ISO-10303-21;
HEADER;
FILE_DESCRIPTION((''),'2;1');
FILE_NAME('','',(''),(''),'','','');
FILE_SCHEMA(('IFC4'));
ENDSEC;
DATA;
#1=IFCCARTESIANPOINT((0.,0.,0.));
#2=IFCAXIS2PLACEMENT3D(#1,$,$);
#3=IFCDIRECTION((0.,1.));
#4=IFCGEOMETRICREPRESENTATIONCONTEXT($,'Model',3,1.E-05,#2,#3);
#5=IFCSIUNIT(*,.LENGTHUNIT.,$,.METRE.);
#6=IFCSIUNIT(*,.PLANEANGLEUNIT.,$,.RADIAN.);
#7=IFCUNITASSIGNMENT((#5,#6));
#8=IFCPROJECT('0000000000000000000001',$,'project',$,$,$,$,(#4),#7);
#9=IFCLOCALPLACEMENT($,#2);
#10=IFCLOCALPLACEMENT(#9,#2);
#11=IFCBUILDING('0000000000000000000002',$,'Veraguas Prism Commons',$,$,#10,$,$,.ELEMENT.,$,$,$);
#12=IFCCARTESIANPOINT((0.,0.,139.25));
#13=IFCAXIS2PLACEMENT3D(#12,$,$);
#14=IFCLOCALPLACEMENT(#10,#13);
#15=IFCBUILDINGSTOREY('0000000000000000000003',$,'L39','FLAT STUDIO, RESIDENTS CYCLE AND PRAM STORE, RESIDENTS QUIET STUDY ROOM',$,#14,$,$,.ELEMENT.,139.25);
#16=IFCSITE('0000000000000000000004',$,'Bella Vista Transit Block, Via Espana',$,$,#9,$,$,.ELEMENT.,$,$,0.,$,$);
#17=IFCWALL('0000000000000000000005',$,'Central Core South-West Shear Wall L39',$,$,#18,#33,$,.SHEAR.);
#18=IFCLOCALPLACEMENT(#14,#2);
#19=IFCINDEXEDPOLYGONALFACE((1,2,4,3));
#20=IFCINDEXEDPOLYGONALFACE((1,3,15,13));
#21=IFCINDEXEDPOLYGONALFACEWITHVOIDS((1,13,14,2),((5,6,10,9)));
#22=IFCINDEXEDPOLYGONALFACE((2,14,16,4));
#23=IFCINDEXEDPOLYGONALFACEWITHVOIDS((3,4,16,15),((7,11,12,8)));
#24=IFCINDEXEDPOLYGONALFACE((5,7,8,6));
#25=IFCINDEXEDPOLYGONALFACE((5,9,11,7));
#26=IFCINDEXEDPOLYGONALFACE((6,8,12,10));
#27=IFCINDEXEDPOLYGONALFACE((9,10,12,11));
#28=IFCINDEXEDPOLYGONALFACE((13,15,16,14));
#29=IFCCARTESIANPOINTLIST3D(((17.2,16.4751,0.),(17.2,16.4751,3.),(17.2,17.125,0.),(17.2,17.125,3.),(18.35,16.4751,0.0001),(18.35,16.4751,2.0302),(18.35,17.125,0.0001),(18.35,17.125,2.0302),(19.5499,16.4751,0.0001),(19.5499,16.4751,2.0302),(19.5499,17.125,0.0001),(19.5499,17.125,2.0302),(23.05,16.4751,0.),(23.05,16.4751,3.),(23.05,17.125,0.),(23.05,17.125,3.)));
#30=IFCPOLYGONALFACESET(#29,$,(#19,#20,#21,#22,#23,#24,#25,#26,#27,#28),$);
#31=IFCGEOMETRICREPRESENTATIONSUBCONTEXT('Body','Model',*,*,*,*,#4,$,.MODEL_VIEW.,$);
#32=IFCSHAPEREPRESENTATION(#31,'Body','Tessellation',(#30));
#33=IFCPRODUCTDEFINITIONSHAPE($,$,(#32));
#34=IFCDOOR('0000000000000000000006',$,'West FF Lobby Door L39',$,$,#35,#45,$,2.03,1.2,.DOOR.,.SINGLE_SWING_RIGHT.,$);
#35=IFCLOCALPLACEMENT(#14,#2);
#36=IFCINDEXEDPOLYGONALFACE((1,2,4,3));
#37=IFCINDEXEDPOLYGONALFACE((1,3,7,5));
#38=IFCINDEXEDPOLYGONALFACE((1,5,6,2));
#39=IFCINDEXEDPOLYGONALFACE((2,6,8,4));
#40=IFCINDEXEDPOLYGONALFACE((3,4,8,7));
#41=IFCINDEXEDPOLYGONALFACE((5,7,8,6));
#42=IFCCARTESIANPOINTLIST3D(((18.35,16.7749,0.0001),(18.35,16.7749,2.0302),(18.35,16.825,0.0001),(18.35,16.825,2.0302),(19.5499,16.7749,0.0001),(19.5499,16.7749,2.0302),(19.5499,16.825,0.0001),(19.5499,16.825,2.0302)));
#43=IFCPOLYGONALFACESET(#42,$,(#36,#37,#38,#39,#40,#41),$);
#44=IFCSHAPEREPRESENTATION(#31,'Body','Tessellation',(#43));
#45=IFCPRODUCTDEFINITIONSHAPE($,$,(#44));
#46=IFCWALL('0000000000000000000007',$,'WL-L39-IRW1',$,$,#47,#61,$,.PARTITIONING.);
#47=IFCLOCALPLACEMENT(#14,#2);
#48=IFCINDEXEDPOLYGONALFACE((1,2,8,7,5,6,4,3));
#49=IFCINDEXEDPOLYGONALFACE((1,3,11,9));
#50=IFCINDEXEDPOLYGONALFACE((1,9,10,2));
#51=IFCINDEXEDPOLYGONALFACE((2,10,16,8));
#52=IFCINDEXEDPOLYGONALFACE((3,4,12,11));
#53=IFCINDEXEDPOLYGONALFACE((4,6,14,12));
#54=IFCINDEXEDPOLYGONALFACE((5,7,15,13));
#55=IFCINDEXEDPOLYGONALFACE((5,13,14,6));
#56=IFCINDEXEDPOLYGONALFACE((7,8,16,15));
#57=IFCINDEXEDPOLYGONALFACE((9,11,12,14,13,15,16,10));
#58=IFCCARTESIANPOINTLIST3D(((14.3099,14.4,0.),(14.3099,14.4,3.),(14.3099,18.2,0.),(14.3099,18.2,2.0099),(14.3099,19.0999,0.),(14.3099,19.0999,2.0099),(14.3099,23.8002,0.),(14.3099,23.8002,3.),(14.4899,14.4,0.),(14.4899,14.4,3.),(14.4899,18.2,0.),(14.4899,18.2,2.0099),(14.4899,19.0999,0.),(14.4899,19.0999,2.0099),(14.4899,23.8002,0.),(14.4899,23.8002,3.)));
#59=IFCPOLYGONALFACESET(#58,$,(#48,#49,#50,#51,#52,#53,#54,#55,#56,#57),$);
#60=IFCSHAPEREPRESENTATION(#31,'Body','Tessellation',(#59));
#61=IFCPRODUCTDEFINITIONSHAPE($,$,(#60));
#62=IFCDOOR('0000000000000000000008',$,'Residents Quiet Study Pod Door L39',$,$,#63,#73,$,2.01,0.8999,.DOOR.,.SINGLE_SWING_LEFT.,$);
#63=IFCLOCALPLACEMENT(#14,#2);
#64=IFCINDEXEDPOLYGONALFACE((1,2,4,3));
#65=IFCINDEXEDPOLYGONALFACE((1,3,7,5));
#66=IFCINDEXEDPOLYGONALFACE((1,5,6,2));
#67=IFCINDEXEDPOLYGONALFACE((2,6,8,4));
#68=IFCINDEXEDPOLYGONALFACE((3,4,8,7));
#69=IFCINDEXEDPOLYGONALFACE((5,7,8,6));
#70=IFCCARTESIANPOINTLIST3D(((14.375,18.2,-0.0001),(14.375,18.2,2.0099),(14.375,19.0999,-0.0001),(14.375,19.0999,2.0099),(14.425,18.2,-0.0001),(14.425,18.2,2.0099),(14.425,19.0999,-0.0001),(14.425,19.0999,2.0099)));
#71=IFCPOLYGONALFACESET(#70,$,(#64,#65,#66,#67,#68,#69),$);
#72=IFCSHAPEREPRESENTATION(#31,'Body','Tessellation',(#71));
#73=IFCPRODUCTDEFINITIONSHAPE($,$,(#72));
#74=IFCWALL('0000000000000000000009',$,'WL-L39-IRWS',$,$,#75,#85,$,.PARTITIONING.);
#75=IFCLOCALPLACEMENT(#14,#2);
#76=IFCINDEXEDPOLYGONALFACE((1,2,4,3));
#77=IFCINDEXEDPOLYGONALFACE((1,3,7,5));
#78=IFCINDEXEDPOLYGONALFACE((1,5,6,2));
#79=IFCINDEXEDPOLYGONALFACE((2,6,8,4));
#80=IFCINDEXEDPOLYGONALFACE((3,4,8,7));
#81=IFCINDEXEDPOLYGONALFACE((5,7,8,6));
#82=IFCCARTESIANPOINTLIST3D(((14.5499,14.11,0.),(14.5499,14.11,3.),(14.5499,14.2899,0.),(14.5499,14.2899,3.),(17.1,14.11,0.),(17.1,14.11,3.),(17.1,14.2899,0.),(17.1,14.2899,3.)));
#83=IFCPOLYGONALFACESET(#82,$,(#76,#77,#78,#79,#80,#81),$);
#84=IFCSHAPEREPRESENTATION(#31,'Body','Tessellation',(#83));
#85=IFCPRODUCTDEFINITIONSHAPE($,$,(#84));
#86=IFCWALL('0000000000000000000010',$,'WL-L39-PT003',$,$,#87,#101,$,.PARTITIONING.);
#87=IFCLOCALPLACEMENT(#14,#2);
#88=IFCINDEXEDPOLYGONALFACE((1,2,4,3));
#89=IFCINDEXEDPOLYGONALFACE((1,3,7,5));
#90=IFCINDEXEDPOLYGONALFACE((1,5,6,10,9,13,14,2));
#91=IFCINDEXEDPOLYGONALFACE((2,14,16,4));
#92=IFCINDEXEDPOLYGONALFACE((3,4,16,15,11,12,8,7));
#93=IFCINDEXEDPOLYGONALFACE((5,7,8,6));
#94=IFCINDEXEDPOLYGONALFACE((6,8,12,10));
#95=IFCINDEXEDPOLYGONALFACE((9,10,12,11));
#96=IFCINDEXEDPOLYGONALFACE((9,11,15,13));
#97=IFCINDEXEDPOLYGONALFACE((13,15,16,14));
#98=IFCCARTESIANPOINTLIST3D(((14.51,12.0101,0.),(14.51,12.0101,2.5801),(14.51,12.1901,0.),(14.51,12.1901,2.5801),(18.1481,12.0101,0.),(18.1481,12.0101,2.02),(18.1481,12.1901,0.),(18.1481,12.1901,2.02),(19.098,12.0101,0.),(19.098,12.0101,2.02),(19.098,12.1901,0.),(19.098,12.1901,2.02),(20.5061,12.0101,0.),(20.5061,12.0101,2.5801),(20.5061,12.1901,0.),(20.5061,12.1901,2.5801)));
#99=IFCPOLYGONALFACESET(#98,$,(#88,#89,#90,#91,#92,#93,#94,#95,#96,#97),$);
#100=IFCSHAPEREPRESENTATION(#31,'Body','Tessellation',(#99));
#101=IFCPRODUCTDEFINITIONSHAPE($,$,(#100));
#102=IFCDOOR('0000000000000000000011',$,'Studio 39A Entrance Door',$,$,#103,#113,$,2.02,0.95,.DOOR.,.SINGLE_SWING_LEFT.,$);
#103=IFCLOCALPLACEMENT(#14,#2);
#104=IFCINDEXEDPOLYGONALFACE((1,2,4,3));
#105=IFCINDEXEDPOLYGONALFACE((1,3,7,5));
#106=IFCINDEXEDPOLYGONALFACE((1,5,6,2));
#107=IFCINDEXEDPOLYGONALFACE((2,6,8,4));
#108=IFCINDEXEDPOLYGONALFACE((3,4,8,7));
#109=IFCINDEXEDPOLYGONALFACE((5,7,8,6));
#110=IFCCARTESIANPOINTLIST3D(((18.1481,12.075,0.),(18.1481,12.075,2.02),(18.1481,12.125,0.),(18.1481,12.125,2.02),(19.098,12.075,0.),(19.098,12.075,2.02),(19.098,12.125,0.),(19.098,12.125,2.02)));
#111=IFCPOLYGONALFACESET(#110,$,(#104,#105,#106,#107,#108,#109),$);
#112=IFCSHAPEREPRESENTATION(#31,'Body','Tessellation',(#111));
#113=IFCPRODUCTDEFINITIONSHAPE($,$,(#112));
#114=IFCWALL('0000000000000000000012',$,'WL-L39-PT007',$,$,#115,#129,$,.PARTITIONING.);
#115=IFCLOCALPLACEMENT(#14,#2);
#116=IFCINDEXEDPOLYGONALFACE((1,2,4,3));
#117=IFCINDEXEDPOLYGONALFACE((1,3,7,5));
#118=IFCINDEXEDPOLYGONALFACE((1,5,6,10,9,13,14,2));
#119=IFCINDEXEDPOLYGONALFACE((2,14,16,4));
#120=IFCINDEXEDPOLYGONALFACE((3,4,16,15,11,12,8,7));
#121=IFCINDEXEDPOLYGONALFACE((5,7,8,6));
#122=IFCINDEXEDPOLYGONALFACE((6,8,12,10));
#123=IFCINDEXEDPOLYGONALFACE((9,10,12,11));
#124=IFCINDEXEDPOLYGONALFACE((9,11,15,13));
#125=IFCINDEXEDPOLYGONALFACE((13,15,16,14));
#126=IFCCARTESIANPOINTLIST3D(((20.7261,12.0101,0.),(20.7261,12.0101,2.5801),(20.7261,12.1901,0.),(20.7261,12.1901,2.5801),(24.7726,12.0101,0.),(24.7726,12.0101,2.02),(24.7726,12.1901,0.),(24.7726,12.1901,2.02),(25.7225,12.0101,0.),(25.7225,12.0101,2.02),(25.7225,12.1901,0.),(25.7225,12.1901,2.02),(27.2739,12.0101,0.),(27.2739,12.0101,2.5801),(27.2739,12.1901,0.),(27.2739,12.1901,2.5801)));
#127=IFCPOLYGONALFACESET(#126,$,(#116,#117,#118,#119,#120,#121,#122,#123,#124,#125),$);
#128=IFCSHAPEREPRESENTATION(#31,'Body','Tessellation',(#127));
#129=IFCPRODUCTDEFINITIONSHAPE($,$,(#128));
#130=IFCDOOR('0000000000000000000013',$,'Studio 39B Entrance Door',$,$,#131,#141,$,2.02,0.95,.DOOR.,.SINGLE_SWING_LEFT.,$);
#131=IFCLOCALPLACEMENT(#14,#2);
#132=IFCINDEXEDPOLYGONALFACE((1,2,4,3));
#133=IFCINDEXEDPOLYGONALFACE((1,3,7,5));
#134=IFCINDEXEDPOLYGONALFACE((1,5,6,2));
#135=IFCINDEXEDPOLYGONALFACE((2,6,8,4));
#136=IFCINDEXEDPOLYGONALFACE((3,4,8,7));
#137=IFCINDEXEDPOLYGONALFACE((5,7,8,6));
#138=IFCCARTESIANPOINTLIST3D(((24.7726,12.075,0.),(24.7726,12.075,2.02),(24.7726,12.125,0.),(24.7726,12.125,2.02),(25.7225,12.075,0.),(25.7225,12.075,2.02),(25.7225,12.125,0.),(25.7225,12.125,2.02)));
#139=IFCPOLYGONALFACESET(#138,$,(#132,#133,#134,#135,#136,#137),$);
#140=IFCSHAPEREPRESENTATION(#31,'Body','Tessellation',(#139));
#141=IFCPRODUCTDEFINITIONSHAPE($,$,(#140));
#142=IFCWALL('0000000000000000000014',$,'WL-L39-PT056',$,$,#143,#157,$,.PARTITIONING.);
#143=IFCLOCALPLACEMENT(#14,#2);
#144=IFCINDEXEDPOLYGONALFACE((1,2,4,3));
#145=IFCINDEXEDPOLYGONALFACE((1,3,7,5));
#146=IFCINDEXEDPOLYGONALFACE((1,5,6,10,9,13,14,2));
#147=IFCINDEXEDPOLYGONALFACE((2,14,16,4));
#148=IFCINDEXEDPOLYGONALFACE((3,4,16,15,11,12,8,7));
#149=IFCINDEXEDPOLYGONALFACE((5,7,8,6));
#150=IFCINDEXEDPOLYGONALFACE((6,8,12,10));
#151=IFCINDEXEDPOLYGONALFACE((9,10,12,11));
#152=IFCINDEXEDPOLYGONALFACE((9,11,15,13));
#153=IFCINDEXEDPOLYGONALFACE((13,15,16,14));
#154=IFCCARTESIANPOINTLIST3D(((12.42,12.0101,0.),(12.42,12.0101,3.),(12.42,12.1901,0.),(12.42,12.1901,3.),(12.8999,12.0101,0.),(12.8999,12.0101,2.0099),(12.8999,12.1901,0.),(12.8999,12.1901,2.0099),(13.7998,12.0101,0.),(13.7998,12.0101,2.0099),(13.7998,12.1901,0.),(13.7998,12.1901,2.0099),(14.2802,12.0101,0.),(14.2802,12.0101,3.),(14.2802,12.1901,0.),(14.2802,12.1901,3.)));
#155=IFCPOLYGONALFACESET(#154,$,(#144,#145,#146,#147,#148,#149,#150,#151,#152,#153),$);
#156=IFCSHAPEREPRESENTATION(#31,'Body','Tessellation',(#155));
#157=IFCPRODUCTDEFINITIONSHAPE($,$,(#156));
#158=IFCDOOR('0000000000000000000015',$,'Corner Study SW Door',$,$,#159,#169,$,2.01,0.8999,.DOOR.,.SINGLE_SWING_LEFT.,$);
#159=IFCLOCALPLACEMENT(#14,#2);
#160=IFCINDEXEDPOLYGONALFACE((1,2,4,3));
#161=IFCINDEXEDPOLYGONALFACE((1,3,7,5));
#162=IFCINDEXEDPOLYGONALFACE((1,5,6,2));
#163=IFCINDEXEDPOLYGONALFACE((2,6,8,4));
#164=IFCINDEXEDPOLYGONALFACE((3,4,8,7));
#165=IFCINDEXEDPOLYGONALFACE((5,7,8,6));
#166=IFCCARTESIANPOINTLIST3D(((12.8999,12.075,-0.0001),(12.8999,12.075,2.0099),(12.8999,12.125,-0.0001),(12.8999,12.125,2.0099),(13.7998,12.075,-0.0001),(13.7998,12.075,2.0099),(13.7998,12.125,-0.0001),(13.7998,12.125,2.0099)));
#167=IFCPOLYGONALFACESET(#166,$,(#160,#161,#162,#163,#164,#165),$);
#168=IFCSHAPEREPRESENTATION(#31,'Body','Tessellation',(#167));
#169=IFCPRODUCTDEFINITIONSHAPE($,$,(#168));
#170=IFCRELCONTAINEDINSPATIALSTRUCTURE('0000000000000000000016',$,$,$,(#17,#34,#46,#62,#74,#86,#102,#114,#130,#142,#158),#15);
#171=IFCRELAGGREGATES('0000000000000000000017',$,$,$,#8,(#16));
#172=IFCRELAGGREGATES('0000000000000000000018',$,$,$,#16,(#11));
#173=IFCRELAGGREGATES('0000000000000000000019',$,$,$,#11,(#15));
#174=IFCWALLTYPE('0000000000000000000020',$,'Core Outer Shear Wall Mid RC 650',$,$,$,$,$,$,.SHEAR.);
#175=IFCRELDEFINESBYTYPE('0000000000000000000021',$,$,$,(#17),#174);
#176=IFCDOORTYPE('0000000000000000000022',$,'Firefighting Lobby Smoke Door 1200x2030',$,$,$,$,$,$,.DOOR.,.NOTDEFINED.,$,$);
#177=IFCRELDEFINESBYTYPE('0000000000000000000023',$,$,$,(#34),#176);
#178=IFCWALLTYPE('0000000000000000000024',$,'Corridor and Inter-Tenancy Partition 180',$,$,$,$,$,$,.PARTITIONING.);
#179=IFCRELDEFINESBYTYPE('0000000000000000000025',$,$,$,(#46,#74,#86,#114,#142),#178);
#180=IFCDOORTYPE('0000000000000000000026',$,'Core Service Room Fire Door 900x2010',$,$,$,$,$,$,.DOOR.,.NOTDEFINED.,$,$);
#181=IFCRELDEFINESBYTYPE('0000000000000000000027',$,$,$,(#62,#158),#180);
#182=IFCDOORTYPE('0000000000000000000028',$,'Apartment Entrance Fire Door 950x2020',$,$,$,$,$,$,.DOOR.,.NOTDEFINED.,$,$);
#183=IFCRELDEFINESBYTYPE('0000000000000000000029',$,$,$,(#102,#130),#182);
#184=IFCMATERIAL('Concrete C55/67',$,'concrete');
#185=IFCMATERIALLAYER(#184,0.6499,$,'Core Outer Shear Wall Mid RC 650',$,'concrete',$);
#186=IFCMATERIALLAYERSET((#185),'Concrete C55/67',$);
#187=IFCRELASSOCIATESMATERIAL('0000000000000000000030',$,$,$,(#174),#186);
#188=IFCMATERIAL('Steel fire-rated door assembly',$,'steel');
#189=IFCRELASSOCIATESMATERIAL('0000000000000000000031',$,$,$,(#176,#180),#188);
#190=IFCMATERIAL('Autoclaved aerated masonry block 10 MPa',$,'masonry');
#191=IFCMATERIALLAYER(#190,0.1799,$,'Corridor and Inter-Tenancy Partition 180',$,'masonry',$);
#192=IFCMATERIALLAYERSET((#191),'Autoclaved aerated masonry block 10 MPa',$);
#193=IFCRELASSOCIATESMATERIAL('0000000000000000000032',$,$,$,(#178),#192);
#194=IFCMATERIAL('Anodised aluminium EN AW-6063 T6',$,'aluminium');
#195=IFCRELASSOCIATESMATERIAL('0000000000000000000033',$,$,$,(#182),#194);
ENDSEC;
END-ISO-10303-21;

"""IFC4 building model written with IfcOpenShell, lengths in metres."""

from ifc_helpers import new_model, si_unit, direction, frame, frame_2d, origin, place, context, subcontext, project, spatial, rectangle, extrude, source, transform, mapped, material, layer, layer_set, type_object, element, fill, save


model = new_model("IFC4")

# Units and contexts
model_context = context("Model", 3, precision=1e-05, world=origin(), true_north=direction((0.0, 1.0)))
body_context = subcontext(model_context, "Body", "Model", "MODEL_VIEW")
ifc_project = project(units=[si_unit("LENGTHUNIT", "METRE"), si_unit("PLANEANGLEUNIT", "RADIAN")], contexts=[model_context])

# Site, building, storey
site_placement = place(None, origin())
site = spatial("IfcSite", under=ifc_project, at=site_placement, Name="Bella Vista Transit Block, Via Espana", CompositionType="ELEMENT", RefElevation=0.0)
building_placement = place(site_placement, origin())
building = spatial("IfcBuilding", under=site, at=building_placement, Name="Veraguas Prism Commons", CompositionType="ELEMENT")
storey_placement = place(building_placement, frame((0.0, 0.0, 139.25)))
storey = spatial("IfcBuildingStorey", under=building, at=storey_placement, Name="L39", Description="FLAT STUDIO, RESIDENTS CYCLE AND PRAM STORE, RESIDENTS QUIET STUDY ROOM", CompositionType="ELEMENT", Elevation=139.25)

# Shared definitions
ifc_material_1 = material(Name="Steel fire-rated door assembly", Category="steel")

# Shared definitions
ifc_material_2 = material(Name="Concrete C55/67", Category="concrete")
ifc_layer_1 = layer(ifc_material_2, 0.6499, Name="Core Outer Shear Wall Mid RC 650", Category="concrete")
ifc_layer_set_1 = layer_set([ifc_layer_1], Name="Concrete C55/67")
wall_type_1 = type_object("IfcWallType", Name="Core Outer Shear Wall Mid RC 650", PredefinedType="SHEAR", material=ifc_layer_set_1)

# Walls, openings, doors
wall_1_placement = place(storey_placement, frame((17.2, 16.8, 0.0), z_axis=(0.0, 0.0, 1.0), x_axis=(1.0, 0.0, 0.0)))
wall_1 = element("IfcWall", 1, at=wall_1_placement, inside=storey, type_object=wall_type_1, Name="Central Core South-West Shear Wall L39", PredefinedType="SHEAR", context=body_context, shape_type="SweptSolid", body=[
    extrude(rectangle(XDim=5.8501, YDim=0.6499, at=frame_2d((2.925, 0.0))), origin(), (0.0, 0.0, 1.0), 3.0),
])
opening_1_placement = place(wall_1_placement, frame((1.1499, 0.0, 0.0)))
opening_1 = element("IfcOpeningElement", 2, at=opening_1_placement, cuts=wall_1, PredefinedType="OPENING", context=body_context, shape_type="SweptSolid", body=[
    extrude(rectangle(XDim=1.2, YDim=2.03, at=frame_2d((0.6001, 1.0151))), frame((0.0, 0.335, 0.0), z_axis=(0.0, -1.0, 0.0), x_axis=(1.0, 0.0, 0.0)), (0.0, 0.0, 1.0), 0.6699),
])
door_type_1 = type_object("IfcDoorType", Name="Firefighting Lobby Smoke Door 1200x2030", OperationType="NOTDEFINED", PredefinedType="DOOR", material=ifc_material_1)
shared_shape_1 = source(origin(), body_context, "Body", "SweptSolid", [
    extrude(rectangle(XDim=1.2, YDim=2.03, at=frame_2d((0.6001, 1.0151))), frame((0.0, 0.0249, 0.0), z_axis=(0.0, -1.0, 0.0), x_axis=(1.0, 0.0, 0.0)), (0.0, 0.0, 1.0), 0.05),
])
door_1_placement = place(opening_1_placement, origin())
door_1 = element("IfcDoor", 3, at=door_1_placement, inside=storey, type_object=door_type_1, Name="West FF Lobby Door L39", OperationType="SINGLE_SWING_RIGHT", OverallHeight=2.03, OverallWidth=1.2, PredefinedType="DOOR", context=body_context, shape_type="MappedRepresentation", body=[
    mapped(shared_shape_1, transform((0.0, 0.0, 0.0), scale=1.0)),
])
fill(opening_1, door_1)
ifc_material_3 = material(Name="Autoclaved aerated masonry block 10 MPa", Category="masonry")
ifc_layer_2 = layer(ifc_material_3, 0.1799, Name="Corridor and Inter-Tenancy Partition 180", Category="masonry")
ifc_layer_set_2 = layer_set([ifc_layer_2], Name="Autoclaved aerated masonry block 10 MPa")
wall_type_2 = type_object("IfcWallType", Name="Corridor and Inter-Tenancy Partition 180", PredefinedType="PARTITIONING", material=ifc_layer_set_2)
wall_2_placement = place(storey_placement, frame((14.3999, 14.3999, 0.0), z_axis=(0.0, 0.0, 1.0), x_axis=(0.0, 1.0, 0.0)))
wall_2 = element("IfcWall", 4, at=wall_2_placement, inside=storey, type_object=wall_type_2, Name="WL-L39-IRW1", PredefinedType="PARTITIONING", context=body_context, shape_type="SweptSolid", body=[
    extrude(rectangle(XDim=9.4001, YDim=0.1799, at=frame_2d((4.7002, 0.0))), origin(), (0.0, 0.0, 1.0), 3.0),
])
opening_2_placement = place(wall_2_placement, frame((3.8, 0.0, 0.0)))
opening_2 = element("IfcOpeningElement", 5, at=opening_2_placement, cuts=wall_2, PredefinedType="OPENING", context=body_context, shape_type="SweptSolid", body=[
    extrude(rectangle(XDim=0.8999, YDim=2.01, at=frame_2d((0.45, 1.0049))), frame((0.0, 0.0999, 0.0), z_axis=(0.0, -1.0, 0.0), x_axis=(1.0, 0.0, 0.0)), (0.0, 0.0, 1.0), 0.2),
])
door_type_2 = type_object("IfcDoorType", Name="Core Service Room Fire Door 900x2010", OperationType="NOTDEFINED", PredefinedType="DOOR", material=ifc_material_1)
shared_shape_2 = source(origin(), body_context, "Body", "SweptSolid", [
    extrude(rectangle(XDim=0.8999, YDim=2.01, at=frame_2d((0.45, 1.0049))), frame((0.0, 0.0249, 0.0), z_axis=(0.0, -1.0, 0.0), x_axis=(1.0, 0.0, 0.0)), (0.0, 0.0, 1.0), 0.05),
])
door_2_placement = place(opening_2_placement, origin())
door_2 = element("IfcDoor", 6, at=door_2_placement, inside=storey, type_object=door_type_2, Name="Residents Quiet Study Pod Door L39", OperationType="SINGLE_SWING_LEFT", OverallHeight=2.01, OverallWidth=0.8999, PredefinedType="DOOR", context=body_context, shape_type="MappedRepresentation", body=[
    mapped(shared_shape_2, transform((0.0, 0.0, 0.0), scale=1.0)),
])
fill(opening_2, door_2)

# Wall
wall_3_placement = place(storey_placement, frame((14.55, 14.2, 0.0), z_axis=(0.0, 0.0, 1.0), x_axis=(1.0, 0.0, 0.0)))
element("IfcWall", 7, at=wall_3_placement, inside=storey, type_object=wall_type_2, Name="WL-L39-IRWS", PredefinedType="PARTITIONING", context=body_context, shape_type="SweptSolid", body=[
    extrude(rectangle(XDim=2.55, YDim=0.1799, at=frame_2d((1.2749, 0.0))), origin(), (0.0, 0.0, 1.0), 3.0),
])

# Walls, openings, doors
wall_4_placement = place(storey_placement, frame((14.51, 12.1001, 0.0), z_axis=(0.0, 0.0, 1.0), x_axis=(1.0, 0.0, 0.0)))
wall_4 = element("IfcWall", 8, at=wall_4_placement, inside=storey, type_object=wall_type_2, Name="WL-L39-PT003", PredefinedType="PARTITIONING", context=body_context, shape_type="SweptSolid", body=[
    extrude(rectangle(XDim=5.9961, YDim=0.1799, at=frame_2d((2.998, 0.0))), origin(), (0.0, 0.0, 1.0), 2.5801),
])
opening_3_placement = place(wall_4_placement, frame((3.6379, 0.0, 0.0)))
opening_3 = element("IfcOpeningElement", 9, at=opening_3_placement, cuts=wall_4, PredefinedType="OPENING", context=body_context, shape_type="SweptSolid", body=[
    extrude(rectangle(XDim=0.95, YDim=2.02, at=frame_2d((0.4751, 1.01))), frame((0.0, 0.0999, 0.0), z_axis=(0.0, -1.0, 0.0), x_axis=(1.0, 0.0, 0.0)), (0.0, 0.0, 1.0), 0.2),
])
ifc_material_4 = material(Name="Anodised aluminium EN AW-6063 T6", Category="aluminium")
door_type_3 = type_object("IfcDoorType", Name="Apartment Entrance Fire Door 950x2020", OperationType="NOTDEFINED", PredefinedType="DOOR", material=ifc_material_4)
shared_shape_3 = source(origin(), body_context, "Body", "SweptSolid", [
    extrude(rectangle(XDim=0.95, YDim=2.02, at=frame_2d((0.4751, 1.01))), frame((0.0, 0.0249, 0.0), z_axis=(0.0, -1.0, 0.0), x_axis=(1.0, 0.0, 0.0)), (0.0, 0.0, 1.0), 0.05),
])
door_3_placement = place(opening_3_placement, origin())
door_3 = element("IfcDoor", 10, at=door_3_placement, inside=storey, type_object=door_type_3, Name="Studio 39A Entrance Door", OperationType="SINGLE_SWING_LEFT", OverallHeight=2.02, OverallWidth=0.95, PredefinedType="DOOR", context=body_context, shape_type="MappedRepresentation", body=[
    mapped(shared_shape_3, transform((0.0, 0.0, 0.0), scale=1.0)),
])
fill(opening_3, door_3)
wall_5_placement = place(storey_placement, frame((20.7261, 12.1001, 0.0), z_axis=(0.0, 0.0, 1.0), x_axis=(1.0, 0.0, 0.0)))
wall_5 = element("IfcWall", 11, at=wall_5_placement, inside=storey, type_object=wall_type_2, Name="WL-L39-PT007", PredefinedType="PARTITIONING", context=body_context, shape_type="SweptSolid", body=[
    extrude(rectangle(XDim=6.5479, YDim=0.1799, at=frame_2d((3.2739, 0.0))), origin(), (0.0, 0.0, 1.0), 2.5801),
])
opening_4_placement = place(wall_5_placement, frame((4.0464, 0.0, 0.0)))
opening_4 = element("IfcOpeningElement", 12, at=opening_4_placement, cuts=wall_5, PredefinedType="OPENING", context=body_context, shape_type="SweptSolid", body=[
    extrude(rectangle(XDim=0.95, YDim=2.02, at=frame_2d((0.4751, 1.01))), frame((0.0, 0.0999, 0.0), z_axis=(0.0, -1.0, 0.0), x_axis=(1.0, 0.0, 0.0)), (0.0, 0.0, 1.0), 0.2),
])
door_4_placement = place(opening_4_placement, origin())
door_4 = element("IfcDoor", 13, at=door_4_placement, inside=storey, type_object=door_type_3, Name="Studio 39B Entrance Door", OperationType="SINGLE_SWING_LEFT", OverallHeight=2.02, OverallWidth=0.95, PredefinedType="DOOR", context=body_context, shape_type="MappedRepresentation", body=[
    mapped(shared_shape_3, transform((0.0, 0.0, 0.0), scale=1.0)),
])
fill(opening_4, door_4)
wall_6_placement = place(storey_placement, frame((12.4199, 12.1001, 0.0), z_axis=(0.0, 0.0, 1.0), x_axis=(1.0, 0.0, 0.0)))
wall_6 = element("IfcWall", 14, at=wall_6_placement, inside=storey, type_object=wall_type_2, Name="WL-L39-PT056", PredefinedType="PARTITIONING", context=body_context, shape_type="SweptSolid", body=[
    extrude(rectangle(XDim=1.8601, YDim=0.1799, at=frame_2d((0.9302, 0.0))), origin(), (0.0, 0.0, 1.0), 3.0),
])
opening_5_placement = place(wall_6_placement, frame((0.48, 0.0, 0.0)))
opening_5 = element("IfcOpeningElement", 15, at=opening_5_placement, cuts=wall_6, PredefinedType="OPENING", context=body_context, shape_type="SweptSolid", body=[
    extrude(rectangle(XDim=0.8999, YDim=2.01, at=frame_2d((0.45, 1.0049))), frame((0.0, 0.0999, 0.0), z_axis=(0.0, -1.0, 0.0), x_axis=(1.0, 0.0, 0.0)), (0.0, 0.0, 1.0), 0.2),
])
door_5_placement = place(opening_5_placement, origin())
door_5 = element("IfcDoor", 16, at=door_5_placement, inside=storey, type_object=door_type_2, Name="Corner Study SW Door", OperationType="SINGLE_SWING_LEFT", OverallHeight=2.01, OverallWidth=0.8999, PredefinedType="DOOR", context=body_context, shape_type="MappedRepresentation", body=[
    mapped(shared_shape_2, transform((0.0, 0.0, 0.0), scale=1.0)),
])
fill(opening_5, door_5)

save(model, "model.ifc")
